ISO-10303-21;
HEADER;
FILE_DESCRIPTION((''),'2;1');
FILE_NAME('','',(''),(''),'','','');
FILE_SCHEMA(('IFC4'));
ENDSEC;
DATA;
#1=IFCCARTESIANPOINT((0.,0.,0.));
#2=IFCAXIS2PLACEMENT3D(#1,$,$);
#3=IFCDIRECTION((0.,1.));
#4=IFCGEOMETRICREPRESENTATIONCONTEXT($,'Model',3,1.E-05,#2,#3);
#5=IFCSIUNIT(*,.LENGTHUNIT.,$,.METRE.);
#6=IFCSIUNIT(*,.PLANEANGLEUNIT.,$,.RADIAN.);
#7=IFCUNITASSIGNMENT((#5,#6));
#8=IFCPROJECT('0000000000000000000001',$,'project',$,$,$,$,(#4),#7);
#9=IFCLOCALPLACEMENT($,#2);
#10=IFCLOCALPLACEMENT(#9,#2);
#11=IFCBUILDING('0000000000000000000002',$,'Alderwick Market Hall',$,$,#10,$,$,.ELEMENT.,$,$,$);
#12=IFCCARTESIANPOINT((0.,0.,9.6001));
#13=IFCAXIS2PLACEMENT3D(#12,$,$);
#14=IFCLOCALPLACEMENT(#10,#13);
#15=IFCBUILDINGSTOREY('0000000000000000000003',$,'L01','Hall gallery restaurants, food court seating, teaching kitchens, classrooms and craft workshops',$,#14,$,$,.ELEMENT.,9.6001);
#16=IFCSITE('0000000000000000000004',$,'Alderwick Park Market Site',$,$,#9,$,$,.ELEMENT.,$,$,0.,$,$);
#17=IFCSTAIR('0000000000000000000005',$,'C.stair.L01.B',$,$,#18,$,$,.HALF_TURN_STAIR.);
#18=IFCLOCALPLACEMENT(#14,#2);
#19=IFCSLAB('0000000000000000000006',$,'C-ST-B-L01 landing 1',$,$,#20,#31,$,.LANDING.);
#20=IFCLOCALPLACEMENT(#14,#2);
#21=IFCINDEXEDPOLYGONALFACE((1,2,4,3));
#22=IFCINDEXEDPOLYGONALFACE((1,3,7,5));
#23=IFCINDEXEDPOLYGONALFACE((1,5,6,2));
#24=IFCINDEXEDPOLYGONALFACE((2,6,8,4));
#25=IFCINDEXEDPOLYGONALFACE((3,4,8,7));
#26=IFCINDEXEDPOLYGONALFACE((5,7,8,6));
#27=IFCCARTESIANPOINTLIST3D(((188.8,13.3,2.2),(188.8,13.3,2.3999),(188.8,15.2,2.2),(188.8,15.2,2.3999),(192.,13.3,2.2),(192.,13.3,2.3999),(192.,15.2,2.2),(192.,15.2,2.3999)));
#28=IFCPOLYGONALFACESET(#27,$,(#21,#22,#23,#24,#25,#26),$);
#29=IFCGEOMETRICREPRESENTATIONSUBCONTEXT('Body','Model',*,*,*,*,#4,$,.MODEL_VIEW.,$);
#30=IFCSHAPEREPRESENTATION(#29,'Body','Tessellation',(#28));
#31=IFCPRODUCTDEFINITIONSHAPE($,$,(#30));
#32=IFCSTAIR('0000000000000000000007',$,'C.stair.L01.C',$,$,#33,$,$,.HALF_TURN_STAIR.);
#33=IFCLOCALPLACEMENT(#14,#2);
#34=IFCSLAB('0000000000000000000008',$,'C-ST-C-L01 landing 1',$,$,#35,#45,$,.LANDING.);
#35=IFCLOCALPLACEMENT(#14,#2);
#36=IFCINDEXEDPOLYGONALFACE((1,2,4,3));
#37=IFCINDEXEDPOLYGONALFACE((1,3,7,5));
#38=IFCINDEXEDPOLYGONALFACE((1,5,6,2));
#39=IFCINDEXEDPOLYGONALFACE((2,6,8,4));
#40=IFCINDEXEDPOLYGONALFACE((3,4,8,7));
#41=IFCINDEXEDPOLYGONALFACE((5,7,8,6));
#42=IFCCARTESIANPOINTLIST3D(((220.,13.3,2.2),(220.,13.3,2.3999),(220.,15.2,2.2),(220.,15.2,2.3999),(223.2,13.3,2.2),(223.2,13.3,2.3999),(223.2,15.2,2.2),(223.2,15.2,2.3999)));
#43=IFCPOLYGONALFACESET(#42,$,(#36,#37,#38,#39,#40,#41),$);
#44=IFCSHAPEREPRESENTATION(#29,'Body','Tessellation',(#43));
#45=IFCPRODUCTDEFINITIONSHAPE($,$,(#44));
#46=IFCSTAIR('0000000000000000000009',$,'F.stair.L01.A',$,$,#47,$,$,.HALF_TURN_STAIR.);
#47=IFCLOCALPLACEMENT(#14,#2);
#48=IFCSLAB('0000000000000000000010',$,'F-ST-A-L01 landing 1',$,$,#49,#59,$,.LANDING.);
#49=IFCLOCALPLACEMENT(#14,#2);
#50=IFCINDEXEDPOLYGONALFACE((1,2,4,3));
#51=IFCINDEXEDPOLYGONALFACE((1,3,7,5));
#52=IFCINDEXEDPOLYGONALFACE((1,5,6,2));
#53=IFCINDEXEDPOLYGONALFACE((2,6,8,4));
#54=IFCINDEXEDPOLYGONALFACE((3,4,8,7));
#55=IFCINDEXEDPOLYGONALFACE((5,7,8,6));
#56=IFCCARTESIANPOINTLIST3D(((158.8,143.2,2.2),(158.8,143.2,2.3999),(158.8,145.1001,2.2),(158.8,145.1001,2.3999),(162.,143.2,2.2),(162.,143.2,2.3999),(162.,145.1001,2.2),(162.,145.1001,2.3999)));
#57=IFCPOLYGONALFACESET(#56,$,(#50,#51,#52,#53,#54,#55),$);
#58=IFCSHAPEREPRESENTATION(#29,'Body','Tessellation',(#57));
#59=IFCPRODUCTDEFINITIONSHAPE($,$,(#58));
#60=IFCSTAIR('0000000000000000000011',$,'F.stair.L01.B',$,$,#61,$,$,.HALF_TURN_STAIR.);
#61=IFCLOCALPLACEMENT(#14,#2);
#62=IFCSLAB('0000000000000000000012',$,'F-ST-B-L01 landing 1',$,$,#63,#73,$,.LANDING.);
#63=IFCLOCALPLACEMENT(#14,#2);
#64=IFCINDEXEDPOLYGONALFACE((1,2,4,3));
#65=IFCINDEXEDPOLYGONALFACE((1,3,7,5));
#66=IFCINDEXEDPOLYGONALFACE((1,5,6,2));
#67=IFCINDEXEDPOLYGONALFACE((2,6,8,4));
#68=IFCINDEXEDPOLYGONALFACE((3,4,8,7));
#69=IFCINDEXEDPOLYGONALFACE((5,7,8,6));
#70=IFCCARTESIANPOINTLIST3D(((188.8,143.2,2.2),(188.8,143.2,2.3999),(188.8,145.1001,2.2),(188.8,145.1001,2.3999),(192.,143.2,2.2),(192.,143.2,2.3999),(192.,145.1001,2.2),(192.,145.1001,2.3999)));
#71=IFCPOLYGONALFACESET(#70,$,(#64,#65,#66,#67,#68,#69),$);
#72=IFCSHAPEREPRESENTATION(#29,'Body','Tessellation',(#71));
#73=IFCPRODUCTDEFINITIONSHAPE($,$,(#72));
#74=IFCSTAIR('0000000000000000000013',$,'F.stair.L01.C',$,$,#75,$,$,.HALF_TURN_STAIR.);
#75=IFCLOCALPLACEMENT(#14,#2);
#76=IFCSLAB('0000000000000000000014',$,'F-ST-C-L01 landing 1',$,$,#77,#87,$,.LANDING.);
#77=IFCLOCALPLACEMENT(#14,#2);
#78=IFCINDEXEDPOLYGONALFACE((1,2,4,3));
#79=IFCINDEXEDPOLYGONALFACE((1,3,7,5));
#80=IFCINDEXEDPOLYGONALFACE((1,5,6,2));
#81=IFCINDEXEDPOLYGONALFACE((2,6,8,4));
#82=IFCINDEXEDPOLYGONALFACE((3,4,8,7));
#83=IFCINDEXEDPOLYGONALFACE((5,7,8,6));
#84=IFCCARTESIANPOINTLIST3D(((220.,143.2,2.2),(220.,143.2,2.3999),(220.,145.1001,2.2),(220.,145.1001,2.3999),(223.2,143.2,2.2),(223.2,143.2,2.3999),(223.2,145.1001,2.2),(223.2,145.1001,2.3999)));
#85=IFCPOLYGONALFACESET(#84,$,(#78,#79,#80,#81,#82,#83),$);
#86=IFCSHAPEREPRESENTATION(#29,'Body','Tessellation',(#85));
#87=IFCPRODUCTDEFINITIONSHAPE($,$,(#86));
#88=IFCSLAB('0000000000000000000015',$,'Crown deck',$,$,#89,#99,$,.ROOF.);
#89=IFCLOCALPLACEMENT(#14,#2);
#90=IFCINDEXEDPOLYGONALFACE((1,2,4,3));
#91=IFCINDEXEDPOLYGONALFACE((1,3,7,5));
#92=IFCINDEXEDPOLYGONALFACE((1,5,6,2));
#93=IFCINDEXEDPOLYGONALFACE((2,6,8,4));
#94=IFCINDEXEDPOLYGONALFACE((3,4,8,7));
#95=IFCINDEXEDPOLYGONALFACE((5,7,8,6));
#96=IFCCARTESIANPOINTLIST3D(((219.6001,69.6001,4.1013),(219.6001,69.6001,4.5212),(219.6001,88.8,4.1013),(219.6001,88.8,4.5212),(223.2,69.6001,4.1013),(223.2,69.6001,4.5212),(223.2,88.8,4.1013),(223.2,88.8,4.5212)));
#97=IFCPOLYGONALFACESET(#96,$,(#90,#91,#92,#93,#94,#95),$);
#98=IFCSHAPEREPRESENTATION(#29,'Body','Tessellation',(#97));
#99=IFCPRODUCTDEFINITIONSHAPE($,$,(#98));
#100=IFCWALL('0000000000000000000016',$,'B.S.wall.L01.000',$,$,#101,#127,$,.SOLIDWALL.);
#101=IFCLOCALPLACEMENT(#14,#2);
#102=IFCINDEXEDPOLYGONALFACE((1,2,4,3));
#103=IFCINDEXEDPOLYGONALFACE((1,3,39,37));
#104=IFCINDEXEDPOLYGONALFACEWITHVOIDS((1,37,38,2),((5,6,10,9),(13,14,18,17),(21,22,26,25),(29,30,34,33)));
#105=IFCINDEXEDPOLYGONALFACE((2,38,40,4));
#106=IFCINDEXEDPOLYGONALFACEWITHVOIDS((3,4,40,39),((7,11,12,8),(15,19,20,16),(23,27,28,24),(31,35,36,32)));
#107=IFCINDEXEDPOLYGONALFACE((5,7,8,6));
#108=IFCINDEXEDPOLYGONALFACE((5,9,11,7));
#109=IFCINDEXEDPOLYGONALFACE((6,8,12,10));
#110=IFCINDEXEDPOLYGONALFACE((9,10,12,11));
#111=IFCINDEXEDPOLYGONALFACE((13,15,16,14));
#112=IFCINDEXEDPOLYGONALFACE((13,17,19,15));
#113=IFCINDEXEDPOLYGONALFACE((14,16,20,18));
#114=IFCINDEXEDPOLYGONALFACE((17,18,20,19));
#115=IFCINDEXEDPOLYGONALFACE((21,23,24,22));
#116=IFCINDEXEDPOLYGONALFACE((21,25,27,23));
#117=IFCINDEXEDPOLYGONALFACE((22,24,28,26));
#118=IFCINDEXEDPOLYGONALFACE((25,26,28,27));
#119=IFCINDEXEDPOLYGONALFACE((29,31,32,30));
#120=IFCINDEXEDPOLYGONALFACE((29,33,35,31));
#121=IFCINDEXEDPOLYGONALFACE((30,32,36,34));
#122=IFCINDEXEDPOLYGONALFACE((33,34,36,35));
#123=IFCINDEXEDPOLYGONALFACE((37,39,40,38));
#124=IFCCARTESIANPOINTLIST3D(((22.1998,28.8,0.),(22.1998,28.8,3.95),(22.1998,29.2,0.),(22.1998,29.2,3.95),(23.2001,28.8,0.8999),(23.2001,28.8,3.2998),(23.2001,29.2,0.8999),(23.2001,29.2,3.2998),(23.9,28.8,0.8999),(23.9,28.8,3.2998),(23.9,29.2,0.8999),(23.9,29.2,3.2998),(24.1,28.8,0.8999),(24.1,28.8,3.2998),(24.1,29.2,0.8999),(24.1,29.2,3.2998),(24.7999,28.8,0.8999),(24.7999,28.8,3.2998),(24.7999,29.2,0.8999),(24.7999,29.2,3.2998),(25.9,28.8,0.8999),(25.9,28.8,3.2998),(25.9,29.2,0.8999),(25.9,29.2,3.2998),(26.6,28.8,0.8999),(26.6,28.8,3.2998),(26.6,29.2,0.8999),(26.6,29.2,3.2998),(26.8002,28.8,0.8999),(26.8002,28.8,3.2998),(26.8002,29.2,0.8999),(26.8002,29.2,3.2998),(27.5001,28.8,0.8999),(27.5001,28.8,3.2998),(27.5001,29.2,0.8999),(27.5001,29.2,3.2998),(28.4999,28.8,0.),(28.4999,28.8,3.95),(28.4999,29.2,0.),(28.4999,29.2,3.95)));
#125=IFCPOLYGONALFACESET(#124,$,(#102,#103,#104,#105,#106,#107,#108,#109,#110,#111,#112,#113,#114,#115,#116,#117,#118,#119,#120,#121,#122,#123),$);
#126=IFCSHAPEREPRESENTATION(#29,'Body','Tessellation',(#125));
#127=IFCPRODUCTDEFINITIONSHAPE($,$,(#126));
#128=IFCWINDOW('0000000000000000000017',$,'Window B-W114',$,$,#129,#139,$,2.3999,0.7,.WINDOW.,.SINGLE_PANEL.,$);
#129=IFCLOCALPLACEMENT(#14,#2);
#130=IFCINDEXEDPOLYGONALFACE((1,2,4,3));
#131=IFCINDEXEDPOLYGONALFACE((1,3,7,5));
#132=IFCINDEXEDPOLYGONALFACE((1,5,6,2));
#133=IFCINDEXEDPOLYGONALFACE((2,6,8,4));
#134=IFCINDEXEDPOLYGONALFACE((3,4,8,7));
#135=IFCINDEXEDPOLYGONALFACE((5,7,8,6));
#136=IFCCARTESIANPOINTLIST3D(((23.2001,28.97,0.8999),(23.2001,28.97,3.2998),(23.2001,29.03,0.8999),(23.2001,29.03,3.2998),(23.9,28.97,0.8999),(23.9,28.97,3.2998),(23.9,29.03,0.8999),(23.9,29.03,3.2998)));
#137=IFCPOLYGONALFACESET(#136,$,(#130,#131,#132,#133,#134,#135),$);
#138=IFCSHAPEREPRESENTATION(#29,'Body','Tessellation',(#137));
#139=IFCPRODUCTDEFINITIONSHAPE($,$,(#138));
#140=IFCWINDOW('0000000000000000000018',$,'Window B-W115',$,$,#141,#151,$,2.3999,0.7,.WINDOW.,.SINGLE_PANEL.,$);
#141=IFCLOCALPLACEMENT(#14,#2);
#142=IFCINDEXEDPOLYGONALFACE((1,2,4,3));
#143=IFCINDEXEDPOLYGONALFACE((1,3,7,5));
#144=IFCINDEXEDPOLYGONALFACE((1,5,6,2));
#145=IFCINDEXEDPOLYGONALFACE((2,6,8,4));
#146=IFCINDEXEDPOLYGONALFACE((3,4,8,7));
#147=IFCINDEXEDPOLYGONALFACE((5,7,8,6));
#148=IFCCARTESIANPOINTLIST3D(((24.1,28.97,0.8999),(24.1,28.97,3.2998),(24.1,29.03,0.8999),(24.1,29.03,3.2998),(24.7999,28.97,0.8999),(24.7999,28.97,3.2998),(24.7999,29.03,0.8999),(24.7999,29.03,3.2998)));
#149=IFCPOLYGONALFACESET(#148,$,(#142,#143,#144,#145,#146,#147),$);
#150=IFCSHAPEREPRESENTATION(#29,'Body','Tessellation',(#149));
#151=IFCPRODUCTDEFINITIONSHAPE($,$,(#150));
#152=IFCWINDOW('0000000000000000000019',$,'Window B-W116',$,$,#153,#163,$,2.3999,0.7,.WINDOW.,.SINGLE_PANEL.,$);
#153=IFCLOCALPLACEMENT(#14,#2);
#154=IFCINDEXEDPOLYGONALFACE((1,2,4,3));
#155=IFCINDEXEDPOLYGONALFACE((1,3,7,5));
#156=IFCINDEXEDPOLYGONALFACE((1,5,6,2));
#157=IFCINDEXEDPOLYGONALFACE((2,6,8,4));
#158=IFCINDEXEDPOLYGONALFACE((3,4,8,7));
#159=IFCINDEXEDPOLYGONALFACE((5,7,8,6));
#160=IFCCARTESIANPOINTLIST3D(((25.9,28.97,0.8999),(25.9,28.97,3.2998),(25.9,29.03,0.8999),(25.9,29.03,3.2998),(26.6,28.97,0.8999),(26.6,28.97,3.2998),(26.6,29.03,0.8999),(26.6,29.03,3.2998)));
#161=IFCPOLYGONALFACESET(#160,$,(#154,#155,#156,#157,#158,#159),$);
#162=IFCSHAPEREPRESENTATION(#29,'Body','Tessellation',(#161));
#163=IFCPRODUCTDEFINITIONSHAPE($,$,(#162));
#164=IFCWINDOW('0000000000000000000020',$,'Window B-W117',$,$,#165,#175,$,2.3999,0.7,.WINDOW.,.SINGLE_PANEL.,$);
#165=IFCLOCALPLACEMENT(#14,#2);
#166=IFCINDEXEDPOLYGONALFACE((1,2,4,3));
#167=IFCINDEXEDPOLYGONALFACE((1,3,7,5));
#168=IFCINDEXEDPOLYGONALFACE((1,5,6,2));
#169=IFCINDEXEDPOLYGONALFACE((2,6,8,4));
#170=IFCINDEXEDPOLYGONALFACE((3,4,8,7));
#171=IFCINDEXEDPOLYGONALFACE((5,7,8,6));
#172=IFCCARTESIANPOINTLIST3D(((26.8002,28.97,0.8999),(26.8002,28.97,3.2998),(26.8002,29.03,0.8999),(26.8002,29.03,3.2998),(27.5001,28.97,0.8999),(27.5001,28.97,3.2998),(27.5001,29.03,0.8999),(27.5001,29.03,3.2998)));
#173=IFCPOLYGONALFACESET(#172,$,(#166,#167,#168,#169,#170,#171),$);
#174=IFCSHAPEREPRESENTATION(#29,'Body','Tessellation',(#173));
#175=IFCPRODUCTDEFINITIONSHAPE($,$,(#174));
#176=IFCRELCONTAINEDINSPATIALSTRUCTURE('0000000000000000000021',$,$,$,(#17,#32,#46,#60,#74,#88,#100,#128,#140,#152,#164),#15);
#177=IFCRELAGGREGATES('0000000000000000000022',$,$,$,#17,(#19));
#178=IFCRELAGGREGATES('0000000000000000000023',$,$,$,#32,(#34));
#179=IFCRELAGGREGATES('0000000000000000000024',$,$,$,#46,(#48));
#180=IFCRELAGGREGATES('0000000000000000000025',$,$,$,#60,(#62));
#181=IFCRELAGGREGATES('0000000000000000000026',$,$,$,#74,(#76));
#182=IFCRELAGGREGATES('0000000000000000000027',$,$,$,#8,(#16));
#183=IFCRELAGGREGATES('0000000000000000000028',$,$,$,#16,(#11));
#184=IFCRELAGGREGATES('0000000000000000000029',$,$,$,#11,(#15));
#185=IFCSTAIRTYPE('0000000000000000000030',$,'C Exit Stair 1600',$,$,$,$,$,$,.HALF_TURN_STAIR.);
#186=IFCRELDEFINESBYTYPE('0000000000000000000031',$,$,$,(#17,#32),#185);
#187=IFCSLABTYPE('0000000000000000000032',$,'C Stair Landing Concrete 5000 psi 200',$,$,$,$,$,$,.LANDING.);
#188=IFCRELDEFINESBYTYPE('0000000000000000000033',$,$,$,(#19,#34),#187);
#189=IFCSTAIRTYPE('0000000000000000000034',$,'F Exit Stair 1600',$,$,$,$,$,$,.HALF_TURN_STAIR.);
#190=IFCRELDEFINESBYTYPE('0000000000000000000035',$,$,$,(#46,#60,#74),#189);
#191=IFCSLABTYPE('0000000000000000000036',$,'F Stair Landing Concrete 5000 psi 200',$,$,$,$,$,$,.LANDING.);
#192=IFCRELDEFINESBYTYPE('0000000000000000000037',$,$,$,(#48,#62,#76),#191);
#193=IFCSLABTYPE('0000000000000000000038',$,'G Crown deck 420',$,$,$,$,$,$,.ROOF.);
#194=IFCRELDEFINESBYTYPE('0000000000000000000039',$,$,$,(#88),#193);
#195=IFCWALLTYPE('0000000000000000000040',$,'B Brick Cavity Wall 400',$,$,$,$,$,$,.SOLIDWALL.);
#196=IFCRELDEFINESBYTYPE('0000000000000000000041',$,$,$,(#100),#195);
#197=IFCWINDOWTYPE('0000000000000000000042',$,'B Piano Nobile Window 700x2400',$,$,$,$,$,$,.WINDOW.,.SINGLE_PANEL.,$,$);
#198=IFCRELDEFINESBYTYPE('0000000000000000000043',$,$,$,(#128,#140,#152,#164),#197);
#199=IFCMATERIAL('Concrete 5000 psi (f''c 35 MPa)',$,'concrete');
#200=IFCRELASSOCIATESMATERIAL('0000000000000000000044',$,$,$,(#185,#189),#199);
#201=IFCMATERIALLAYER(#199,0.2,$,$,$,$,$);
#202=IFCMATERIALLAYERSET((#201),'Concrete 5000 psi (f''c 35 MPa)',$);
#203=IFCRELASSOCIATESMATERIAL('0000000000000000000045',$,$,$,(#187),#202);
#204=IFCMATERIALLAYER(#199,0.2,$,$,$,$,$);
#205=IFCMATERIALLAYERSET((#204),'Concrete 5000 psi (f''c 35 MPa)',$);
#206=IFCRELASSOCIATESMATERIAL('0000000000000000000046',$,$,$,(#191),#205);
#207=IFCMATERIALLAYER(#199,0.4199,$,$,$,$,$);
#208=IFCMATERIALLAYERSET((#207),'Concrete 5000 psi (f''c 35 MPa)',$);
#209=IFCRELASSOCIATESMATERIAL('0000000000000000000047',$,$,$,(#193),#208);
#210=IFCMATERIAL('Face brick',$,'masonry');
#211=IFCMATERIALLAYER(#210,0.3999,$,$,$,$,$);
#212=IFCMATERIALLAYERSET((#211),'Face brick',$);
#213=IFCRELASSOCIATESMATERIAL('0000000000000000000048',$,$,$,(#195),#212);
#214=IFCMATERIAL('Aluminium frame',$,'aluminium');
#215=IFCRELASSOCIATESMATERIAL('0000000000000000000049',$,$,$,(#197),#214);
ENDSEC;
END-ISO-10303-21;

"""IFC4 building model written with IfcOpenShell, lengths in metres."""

from ifc_helpers import new_model, si_unit, direction, frame, frame_2d, origin, place, context, subcontext, project, spatial, polyline, rectangle, outline, extrude, material, layer, layer_set, type_object, element, fill, aggregate, save


model = new_model("IFC4")

# Units and contexts
model_context = context("Model", 3, precision=1e-05, world=origin(), true_north=direction((0.0, 1.0)))
body_context = subcontext(model_context, "Body", "Model", "MODEL_VIEW")
ifc_project = project(units=[si_unit("LENGTHUNIT", "METRE"), si_unit("PLANEANGLEUNIT", "RADIAN")], contexts=[model_context])

# Site, building, storey
site_placement = place(None, origin())
site = spatial("IfcSite", under=ifc_project, at=site_placement, Name="Alderwick Park Market Site", CompositionType="ELEMENT", RefElevation=0.0)
building_placement = place(site_placement, origin())
building = spatial("IfcBuilding", under=site, at=building_placement, Name="Alderwick Market Hall", CompositionType="ELEMENT")
storey_placement = place(building_placement, frame((0.0, 0.0, 9.6001)))
storey = spatial("IfcBuildingStorey", under=building, at=storey_placement, Name="L01", Description="Hall gallery restaurants, food court seating, teaching kitchens, classrooms and craft workshops", CompositionType="ELEMENT", Elevation=9.6001)

# Shared definitions
ifc_material_1 = material(Name="Concrete 5000 psi (f'c 35 MPa)", Category="concrete")

# Stairs, slabs
stair_type_1 = type_object("IfcStairType", Name="C Exit Stair 1600", PredefinedType="HALF_TURN_STAIR", material=ifc_material_1)
ifc_layer_1 = layer(ifc_material_1, 0.2)
ifc_layer_set_1 = layer_set([ifc_layer_1], Name="Concrete 5000 psi (f'c 35 MPa)")
slab_type_1 = type_object("IfcSlabType", Name="C Stair Landing Concrete 5000 psi 200", PredefinedType="LANDING", material=ifc_layer_set_1)
stair_1_placement = place(storey_placement, origin())
stair_1 = element("IfcStair", 1, at=stair_1_placement, inside=storey, type_object=stair_type_1, Name="C.stair.L01.B", PredefinedType="HALF_TURN_STAIR")
slab_1_placement = place(storey_placement, frame((0.0, 0.0, 2.2)))
slab_1 = element("IfcSlab", 2, at=slab_1_placement, type_object=slab_type_1, Name="C-ST-B-L01 landing 1", PredefinedType="LANDING", context=body_context, shape_type="SweptSolid", body=[
    extrude(outline(polyline([(188.8, 15.2), (192.0, 15.2), (192.0, 13.3), (188.8, 13.3), (188.8, 15.2)])), origin(), (0.0, 0.0, 1.0), 0.2),
])
aggregate(stair_1, [slab_1])
stair_2_placement = place(storey_placement, origin())
stair_2 = element("IfcStair", 3, at=stair_2_placement, inside=storey, type_object=stair_type_1, Name="C.stair.L01.C", PredefinedType="HALF_TURN_STAIR")
slab_2_placement = place(storey_placement, frame((0.0, 0.0, 2.2)))
slab_2 = element("IfcSlab", 4, at=slab_2_placement, type_object=slab_type_1, Name="C-ST-C-L01 landing 1", PredefinedType="LANDING", context=body_context, shape_type="SweptSolid", body=[
    extrude(outline(polyline([(220.0, 15.2), (223.2, 15.2), (223.2, 13.3), (220.0, 13.3), (220.0, 15.2)])), origin(), (0.0, 0.0, 1.0), 0.2),
])
aggregate(stair_2, [slab_2])
stair_type_2 = type_object("IfcStairType", Name="F Exit Stair 1600", PredefinedType="HALF_TURN_STAIR", material=ifc_material_1)
stair_3_placement = place(storey_placement, origin())
stair_3 = element("IfcStair", 5, at=stair_3_placement, inside=storey, type_object=stair_type_2, Name="F.stair.L01.A", PredefinedType="HALF_TURN_STAIR")
ifc_layer_2 = layer(ifc_material_1, 0.2)
ifc_layer_set_2 = layer_set([ifc_layer_2], Name="Concrete 5000 psi (f'c 35 MPa)")
slab_type_2 = type_object("IfcSlabType", Name="F Stair Landing Concrete 5000 psi 200", PredefinedType="LANDING", material=ifc_layer_set_2)
slab_3_placement = place(storey_placement, frame((0.0, 0.0, 2.2)))
slab_3 = element("IfcSlab", 6, at=slab_3_placement, type_object=slab_type_2, Name="F-ST-A-L01 landing 1", PredefinedType="LANDING", context=body_context, shape_type="SweptSolid", body=[
    extrude(outline(polyline([(158.8, 143.2), (162.0, 143.2), (162.0, 145.1001), (158.8, 145.1001), (158.8, 143.2)])), origin(), (0.0, 0.0, 1.0), 0.2),
])
aggregate(stair_3, [slab_3])
stair_4_placement = place(storey_placement, origin())
stair_4 = element("IfcStair", 7, at=stair_4_placement, inside=storey, type_object=stair_type_2, Name="F.stair.L01.B", PredefinedType="HALF_TURN_STAIR")
slab_4_placement = place(storey_placement, frame((0.0, 0.0, 2.2)))
slab_4 = element("IfcSlab", 8, at=slab_4_placement, type_object=slab_type_2, Name="F-ST-B-L01 landing 1", PredefinedType="LANDING", context=body_context, shape_type="SweptSolid", body=[
    extrude(outline(polyline([(188.8, 143.2), (192.0, 143.2), (192.0, 145.1001), (188.8, 145.1001), (188.8, 143.2)])), origin(), (0.0, 0.0, 1.0), 0.2),
])
aggregate(stair_4, [slab_4])
stair_5_placement = place(storey_placement, origin())
stair_5 = element("IfcStair", 9, at=stair_5_placement, inside=storey, type_object=stair_type_2, Name="F.stair.L01.C", PredefinedType="HALF_TURN_STAIR")
slab_5_placement = place(storey_placement, frame((0.0, 0.0, 2.2)))
slab_5 = element("IfcSlab", 10, at=slab_5_placement, type_object=slab_type_2, Name="F-ST-C-L01 landing 1", PredefinedType="LANDING", context=body_context, shape_type="SweptSolid", body=[
    extrude(outline(polyline([(220.0, 143.2), (223.2, 143.2), (223.2, 145.1001), (220.0, 145.1001), (220.0, 143.2)])), origin(), (0.0, 0.0, 1.0), 0.2),
])
aggregate(stair_5, [slab_5])

# Slab
ifc_layer_3 = layer(ifc_material_1, 0.4199)
ifc_layer_set_3 = layer_set([ifc_layer_3], Name="Concrete 5000 psi (f'c 35 MPa)")
slab_type_3 = type_object("IfcSlabType", Name="G Crown deck 420", PredefinedType="ROOF", material=ifc_layer_set_3)
slab_6_placement = place(storey_placement, frame((0.0, 0.0, 4.1013)))
element("IfcSlab", 11, at=slab_6_placement, inside=storey, type_object=slab_type_3, Name="Crown deck", PredefinedType="ROOF", context=body_context, shape_type="SweptSolid", body=[
    extrude(outline(polyline([(219.6001, 69.6001), (223.2, 69.6001), (223.2, 88.8), (219.6001, 88.8), (219.6001, 69.6001)])), origin(), (0.0, 0.0, 1.0), 0.4199),
])

# Wall, openings, windows
ifc_material_2 = material(Name="Face brick", Category="masonry")
ifc_layer_4 = layer(ifc_material_2, 0.3999)
ifc_layer_set_4 = layer_set([ifc_layer_4], Name="Face brick")
wall_type_1 = type_object("IfcWallType", Name="B Brick Cavity Wall 400", PredefinedType="SOLIDWALL", material=ifc_layer_set_4)
wall_1_placement = place(storey_placement, frame((22.2, 29.0, 0.0), z_axis=(0.0, 0.0, 1.0), x_axis=(1.0, 0.0, 0.0)))
wall_1 = element("IfcWall", 12, at=wall_1_placement, inside=storey, type_object=wall_type_1, Name="B.S.wall.L01.000", PredefinedType="SOLIDWALL", context=body_context, shape_type="SweptSolid", body=[
    extrude(rectangle(XDim=6.3, YDim=0.3999, at=frame_2d((3.1499, 0.0))), origin(), (0.0, 0.0, 1.0), 3.95),
])
opening_1_placement = place(wall_1_placement, frame((1.0, 0.0, 0.8999)))
opening_1 = element("IfcOpeningElement", 13, at=opening_1_placement, cuts=wall_1, PredefinedType="OPENING", context=body_context, shape_type="SweptSolid", body=[
    extrude(rectangle(XDim=0.7, YDim=2.3999, at=frame_2d((0.3501, 1.2))), frame((0.0, 0.21, 0.0), z_axis=(0.0, -1.0, 0.0), x_axis=(1.0, 0.0, 0.0)), (0.0, 0.0, 1.0), 0.4199),
])
opening_2_placement = place(wall_1_placement, frame((1.8999, 0.0, 0.8999)))
opening_2 = element("IfcOpeningElement", 14, at=opening_2_placement, cuts=wall_1, PredefinedType="OPENING", context=body_context, shape_type="SweptSolid", body=[
    extrude(rectangle(XDim=0.7, YDim=2.3999, at=frame_2d((0.3501, 1.2))), frame((0.0, 0.21, 0.0), z_axis=(0.0, -1.0, 0.0), x_axis=(1.0, 0.0, 0.0)), (0.0, 0.0, 1.0), 0.4199),
])
opening_3_placement = place(wall_1_placement, frame((3.7, 0.0, 0.8999)))
opening_3 = element("IfcOpeningElement", 15, at=opening_3_placement, cuts=wall_1, PredefinedType="OPENING", context=body_context, shape_type="SweptSolid", body=[
    extrude(rectangle(XDim=0.7, YDim=2.3999, at=frame_2d((0.3501, 1.2))), frame((0.0, 0.21, 0.0), z_axis=(0.0, -1.0, 0.0), x_axis=(1.0, 0.0, 0.0)), (0.0, 0.0, 1.0), 0.4199),
])
opening_4_placement = place(wall_1_placement, frame((4.6001, 0.0, 0.8999)))
opening_4 = element("IfcOpeningElement", 16, at=opening_4_placement, cuts=wall_1, PredefinedType="OPENING", context=body_context, shape_type="SweptSolid", body=[
    extrude(rectangle(XDim=0.7, YDim=2.3999, at=frame_2d((0.3501, 1.2))), frame((0.0, 0.21, 0.0), z_axis=(0.0, -1.0, 0.0), x_axis=(1.0, 0.0, 0.0)), (0.0, 0.0, 1.0), 0.4199),
])
ifc_material_3 = material(Name="Aluminium frame", Category="aluminium")
window_type = type_object("IfcWindowType", Name="B Piano Nobile Window 700x2400", PartitioningType="SINGLE_PANEL", PredefinedType="WINDOW", material=ifc_material_3)
window_1_placement = place(opening_1_placement, origin())
window_1 = element("IfcWindow", 17, at=window_1_placement, inside=storey, type_object=window_type, Name="Window B-W114", OverallHeight=2.3999, OverallWidth=0.7, PartitioningType="SINGLE_PANEL", PredefinedType="WINDOW", context=body_context, shape_type="SweptSolid", body=[
    extrude(rectangle(XDim=0.7, YDim=2.3999, at=frame_2d((0.3501, 1.2))), frame((0.0, 0.03, 0.0), z_axis=(0.0, -1.0, 0.0), x_axis=(1.0, 0.0, 0.0)), (0.0, 0.0, 1.0), 0.0601),
])
fill(opening_1, window_1)
window_2_placement = place(opening_2_placement, origin())
window_2 = element("IfcWindow", 18, at=window_2_placement, inside=storey, type_object=window_type, Name="Window B-W115", OverallHeight=2.3999, OverallWidth=0.7, PartitioningType="SINGLE_PANEL", PredefinedType="WINDOW", context=body_context, shape_type="SweptSolid", body=[
    extrude(rectangle(XDim=0.7, YDim=2.3999, at=frame_2d((0.3501, 1.2))), frame((0.0, 0.03, 0.0), z_axis=(0.0, -1.0, 0.0), x_axis=(1.0, 0.0, 0.0)), (0.0, 0.0, 1.0), 0.0601),
])
fill(opening_2, window_2)
window_3_placement = place(opening_3_placement, origin())
window_3 = element("IfcWindow", 19, at=window_3_placement, inside=storey, type_object=window_type, Name="Window B-W116", OverallHeight=2.3999, OverallWidth=0.7, PartitioningType="SINGLE_PANEL", PredefinedType="WINDOW", context=body_context, shape_type="SweptSolid", body=[
    extrude(rectangle(XDim=0.7, YDim=2.3999, at=frame_2d((0.3501, 1.2))), frame((0.0, 0.03, 0.0), z_axis=(0.0, -1.0, 0.0), x_axis=(1.0, 0.0, 0.0)), (0.0, 0.0, 1.0), 0.0601),
])
fill(opening_3, window_3)
window_4_placement = place(opening_4_placement, origin())
window_4 = element("IfcWindow", 20, at=window_4_placement, inside=storey, type_object=window_type, Name="Window B-W117", OverallHeight=2.3999, OverallWidth=0.7, PartitioningType="SINGLE_PANEL", PredefinedType="WINDOW", context=body_context, shape_type="SweptSolid", body=[
    extrude(rectangle(XDim=0.7, YDim=2.3999, at=frame_2d((0.3501, 1.2))), frame((0.0, 0.03, 0.0), z_axis=(0.0, -1.0, 0.0), x_axis=(1.0, 0.0, 0.0)), (0.0, 0.0, 1.0), 0.0601),
])
fill(opening_4, window_4)

save(model, "model.ifc")
